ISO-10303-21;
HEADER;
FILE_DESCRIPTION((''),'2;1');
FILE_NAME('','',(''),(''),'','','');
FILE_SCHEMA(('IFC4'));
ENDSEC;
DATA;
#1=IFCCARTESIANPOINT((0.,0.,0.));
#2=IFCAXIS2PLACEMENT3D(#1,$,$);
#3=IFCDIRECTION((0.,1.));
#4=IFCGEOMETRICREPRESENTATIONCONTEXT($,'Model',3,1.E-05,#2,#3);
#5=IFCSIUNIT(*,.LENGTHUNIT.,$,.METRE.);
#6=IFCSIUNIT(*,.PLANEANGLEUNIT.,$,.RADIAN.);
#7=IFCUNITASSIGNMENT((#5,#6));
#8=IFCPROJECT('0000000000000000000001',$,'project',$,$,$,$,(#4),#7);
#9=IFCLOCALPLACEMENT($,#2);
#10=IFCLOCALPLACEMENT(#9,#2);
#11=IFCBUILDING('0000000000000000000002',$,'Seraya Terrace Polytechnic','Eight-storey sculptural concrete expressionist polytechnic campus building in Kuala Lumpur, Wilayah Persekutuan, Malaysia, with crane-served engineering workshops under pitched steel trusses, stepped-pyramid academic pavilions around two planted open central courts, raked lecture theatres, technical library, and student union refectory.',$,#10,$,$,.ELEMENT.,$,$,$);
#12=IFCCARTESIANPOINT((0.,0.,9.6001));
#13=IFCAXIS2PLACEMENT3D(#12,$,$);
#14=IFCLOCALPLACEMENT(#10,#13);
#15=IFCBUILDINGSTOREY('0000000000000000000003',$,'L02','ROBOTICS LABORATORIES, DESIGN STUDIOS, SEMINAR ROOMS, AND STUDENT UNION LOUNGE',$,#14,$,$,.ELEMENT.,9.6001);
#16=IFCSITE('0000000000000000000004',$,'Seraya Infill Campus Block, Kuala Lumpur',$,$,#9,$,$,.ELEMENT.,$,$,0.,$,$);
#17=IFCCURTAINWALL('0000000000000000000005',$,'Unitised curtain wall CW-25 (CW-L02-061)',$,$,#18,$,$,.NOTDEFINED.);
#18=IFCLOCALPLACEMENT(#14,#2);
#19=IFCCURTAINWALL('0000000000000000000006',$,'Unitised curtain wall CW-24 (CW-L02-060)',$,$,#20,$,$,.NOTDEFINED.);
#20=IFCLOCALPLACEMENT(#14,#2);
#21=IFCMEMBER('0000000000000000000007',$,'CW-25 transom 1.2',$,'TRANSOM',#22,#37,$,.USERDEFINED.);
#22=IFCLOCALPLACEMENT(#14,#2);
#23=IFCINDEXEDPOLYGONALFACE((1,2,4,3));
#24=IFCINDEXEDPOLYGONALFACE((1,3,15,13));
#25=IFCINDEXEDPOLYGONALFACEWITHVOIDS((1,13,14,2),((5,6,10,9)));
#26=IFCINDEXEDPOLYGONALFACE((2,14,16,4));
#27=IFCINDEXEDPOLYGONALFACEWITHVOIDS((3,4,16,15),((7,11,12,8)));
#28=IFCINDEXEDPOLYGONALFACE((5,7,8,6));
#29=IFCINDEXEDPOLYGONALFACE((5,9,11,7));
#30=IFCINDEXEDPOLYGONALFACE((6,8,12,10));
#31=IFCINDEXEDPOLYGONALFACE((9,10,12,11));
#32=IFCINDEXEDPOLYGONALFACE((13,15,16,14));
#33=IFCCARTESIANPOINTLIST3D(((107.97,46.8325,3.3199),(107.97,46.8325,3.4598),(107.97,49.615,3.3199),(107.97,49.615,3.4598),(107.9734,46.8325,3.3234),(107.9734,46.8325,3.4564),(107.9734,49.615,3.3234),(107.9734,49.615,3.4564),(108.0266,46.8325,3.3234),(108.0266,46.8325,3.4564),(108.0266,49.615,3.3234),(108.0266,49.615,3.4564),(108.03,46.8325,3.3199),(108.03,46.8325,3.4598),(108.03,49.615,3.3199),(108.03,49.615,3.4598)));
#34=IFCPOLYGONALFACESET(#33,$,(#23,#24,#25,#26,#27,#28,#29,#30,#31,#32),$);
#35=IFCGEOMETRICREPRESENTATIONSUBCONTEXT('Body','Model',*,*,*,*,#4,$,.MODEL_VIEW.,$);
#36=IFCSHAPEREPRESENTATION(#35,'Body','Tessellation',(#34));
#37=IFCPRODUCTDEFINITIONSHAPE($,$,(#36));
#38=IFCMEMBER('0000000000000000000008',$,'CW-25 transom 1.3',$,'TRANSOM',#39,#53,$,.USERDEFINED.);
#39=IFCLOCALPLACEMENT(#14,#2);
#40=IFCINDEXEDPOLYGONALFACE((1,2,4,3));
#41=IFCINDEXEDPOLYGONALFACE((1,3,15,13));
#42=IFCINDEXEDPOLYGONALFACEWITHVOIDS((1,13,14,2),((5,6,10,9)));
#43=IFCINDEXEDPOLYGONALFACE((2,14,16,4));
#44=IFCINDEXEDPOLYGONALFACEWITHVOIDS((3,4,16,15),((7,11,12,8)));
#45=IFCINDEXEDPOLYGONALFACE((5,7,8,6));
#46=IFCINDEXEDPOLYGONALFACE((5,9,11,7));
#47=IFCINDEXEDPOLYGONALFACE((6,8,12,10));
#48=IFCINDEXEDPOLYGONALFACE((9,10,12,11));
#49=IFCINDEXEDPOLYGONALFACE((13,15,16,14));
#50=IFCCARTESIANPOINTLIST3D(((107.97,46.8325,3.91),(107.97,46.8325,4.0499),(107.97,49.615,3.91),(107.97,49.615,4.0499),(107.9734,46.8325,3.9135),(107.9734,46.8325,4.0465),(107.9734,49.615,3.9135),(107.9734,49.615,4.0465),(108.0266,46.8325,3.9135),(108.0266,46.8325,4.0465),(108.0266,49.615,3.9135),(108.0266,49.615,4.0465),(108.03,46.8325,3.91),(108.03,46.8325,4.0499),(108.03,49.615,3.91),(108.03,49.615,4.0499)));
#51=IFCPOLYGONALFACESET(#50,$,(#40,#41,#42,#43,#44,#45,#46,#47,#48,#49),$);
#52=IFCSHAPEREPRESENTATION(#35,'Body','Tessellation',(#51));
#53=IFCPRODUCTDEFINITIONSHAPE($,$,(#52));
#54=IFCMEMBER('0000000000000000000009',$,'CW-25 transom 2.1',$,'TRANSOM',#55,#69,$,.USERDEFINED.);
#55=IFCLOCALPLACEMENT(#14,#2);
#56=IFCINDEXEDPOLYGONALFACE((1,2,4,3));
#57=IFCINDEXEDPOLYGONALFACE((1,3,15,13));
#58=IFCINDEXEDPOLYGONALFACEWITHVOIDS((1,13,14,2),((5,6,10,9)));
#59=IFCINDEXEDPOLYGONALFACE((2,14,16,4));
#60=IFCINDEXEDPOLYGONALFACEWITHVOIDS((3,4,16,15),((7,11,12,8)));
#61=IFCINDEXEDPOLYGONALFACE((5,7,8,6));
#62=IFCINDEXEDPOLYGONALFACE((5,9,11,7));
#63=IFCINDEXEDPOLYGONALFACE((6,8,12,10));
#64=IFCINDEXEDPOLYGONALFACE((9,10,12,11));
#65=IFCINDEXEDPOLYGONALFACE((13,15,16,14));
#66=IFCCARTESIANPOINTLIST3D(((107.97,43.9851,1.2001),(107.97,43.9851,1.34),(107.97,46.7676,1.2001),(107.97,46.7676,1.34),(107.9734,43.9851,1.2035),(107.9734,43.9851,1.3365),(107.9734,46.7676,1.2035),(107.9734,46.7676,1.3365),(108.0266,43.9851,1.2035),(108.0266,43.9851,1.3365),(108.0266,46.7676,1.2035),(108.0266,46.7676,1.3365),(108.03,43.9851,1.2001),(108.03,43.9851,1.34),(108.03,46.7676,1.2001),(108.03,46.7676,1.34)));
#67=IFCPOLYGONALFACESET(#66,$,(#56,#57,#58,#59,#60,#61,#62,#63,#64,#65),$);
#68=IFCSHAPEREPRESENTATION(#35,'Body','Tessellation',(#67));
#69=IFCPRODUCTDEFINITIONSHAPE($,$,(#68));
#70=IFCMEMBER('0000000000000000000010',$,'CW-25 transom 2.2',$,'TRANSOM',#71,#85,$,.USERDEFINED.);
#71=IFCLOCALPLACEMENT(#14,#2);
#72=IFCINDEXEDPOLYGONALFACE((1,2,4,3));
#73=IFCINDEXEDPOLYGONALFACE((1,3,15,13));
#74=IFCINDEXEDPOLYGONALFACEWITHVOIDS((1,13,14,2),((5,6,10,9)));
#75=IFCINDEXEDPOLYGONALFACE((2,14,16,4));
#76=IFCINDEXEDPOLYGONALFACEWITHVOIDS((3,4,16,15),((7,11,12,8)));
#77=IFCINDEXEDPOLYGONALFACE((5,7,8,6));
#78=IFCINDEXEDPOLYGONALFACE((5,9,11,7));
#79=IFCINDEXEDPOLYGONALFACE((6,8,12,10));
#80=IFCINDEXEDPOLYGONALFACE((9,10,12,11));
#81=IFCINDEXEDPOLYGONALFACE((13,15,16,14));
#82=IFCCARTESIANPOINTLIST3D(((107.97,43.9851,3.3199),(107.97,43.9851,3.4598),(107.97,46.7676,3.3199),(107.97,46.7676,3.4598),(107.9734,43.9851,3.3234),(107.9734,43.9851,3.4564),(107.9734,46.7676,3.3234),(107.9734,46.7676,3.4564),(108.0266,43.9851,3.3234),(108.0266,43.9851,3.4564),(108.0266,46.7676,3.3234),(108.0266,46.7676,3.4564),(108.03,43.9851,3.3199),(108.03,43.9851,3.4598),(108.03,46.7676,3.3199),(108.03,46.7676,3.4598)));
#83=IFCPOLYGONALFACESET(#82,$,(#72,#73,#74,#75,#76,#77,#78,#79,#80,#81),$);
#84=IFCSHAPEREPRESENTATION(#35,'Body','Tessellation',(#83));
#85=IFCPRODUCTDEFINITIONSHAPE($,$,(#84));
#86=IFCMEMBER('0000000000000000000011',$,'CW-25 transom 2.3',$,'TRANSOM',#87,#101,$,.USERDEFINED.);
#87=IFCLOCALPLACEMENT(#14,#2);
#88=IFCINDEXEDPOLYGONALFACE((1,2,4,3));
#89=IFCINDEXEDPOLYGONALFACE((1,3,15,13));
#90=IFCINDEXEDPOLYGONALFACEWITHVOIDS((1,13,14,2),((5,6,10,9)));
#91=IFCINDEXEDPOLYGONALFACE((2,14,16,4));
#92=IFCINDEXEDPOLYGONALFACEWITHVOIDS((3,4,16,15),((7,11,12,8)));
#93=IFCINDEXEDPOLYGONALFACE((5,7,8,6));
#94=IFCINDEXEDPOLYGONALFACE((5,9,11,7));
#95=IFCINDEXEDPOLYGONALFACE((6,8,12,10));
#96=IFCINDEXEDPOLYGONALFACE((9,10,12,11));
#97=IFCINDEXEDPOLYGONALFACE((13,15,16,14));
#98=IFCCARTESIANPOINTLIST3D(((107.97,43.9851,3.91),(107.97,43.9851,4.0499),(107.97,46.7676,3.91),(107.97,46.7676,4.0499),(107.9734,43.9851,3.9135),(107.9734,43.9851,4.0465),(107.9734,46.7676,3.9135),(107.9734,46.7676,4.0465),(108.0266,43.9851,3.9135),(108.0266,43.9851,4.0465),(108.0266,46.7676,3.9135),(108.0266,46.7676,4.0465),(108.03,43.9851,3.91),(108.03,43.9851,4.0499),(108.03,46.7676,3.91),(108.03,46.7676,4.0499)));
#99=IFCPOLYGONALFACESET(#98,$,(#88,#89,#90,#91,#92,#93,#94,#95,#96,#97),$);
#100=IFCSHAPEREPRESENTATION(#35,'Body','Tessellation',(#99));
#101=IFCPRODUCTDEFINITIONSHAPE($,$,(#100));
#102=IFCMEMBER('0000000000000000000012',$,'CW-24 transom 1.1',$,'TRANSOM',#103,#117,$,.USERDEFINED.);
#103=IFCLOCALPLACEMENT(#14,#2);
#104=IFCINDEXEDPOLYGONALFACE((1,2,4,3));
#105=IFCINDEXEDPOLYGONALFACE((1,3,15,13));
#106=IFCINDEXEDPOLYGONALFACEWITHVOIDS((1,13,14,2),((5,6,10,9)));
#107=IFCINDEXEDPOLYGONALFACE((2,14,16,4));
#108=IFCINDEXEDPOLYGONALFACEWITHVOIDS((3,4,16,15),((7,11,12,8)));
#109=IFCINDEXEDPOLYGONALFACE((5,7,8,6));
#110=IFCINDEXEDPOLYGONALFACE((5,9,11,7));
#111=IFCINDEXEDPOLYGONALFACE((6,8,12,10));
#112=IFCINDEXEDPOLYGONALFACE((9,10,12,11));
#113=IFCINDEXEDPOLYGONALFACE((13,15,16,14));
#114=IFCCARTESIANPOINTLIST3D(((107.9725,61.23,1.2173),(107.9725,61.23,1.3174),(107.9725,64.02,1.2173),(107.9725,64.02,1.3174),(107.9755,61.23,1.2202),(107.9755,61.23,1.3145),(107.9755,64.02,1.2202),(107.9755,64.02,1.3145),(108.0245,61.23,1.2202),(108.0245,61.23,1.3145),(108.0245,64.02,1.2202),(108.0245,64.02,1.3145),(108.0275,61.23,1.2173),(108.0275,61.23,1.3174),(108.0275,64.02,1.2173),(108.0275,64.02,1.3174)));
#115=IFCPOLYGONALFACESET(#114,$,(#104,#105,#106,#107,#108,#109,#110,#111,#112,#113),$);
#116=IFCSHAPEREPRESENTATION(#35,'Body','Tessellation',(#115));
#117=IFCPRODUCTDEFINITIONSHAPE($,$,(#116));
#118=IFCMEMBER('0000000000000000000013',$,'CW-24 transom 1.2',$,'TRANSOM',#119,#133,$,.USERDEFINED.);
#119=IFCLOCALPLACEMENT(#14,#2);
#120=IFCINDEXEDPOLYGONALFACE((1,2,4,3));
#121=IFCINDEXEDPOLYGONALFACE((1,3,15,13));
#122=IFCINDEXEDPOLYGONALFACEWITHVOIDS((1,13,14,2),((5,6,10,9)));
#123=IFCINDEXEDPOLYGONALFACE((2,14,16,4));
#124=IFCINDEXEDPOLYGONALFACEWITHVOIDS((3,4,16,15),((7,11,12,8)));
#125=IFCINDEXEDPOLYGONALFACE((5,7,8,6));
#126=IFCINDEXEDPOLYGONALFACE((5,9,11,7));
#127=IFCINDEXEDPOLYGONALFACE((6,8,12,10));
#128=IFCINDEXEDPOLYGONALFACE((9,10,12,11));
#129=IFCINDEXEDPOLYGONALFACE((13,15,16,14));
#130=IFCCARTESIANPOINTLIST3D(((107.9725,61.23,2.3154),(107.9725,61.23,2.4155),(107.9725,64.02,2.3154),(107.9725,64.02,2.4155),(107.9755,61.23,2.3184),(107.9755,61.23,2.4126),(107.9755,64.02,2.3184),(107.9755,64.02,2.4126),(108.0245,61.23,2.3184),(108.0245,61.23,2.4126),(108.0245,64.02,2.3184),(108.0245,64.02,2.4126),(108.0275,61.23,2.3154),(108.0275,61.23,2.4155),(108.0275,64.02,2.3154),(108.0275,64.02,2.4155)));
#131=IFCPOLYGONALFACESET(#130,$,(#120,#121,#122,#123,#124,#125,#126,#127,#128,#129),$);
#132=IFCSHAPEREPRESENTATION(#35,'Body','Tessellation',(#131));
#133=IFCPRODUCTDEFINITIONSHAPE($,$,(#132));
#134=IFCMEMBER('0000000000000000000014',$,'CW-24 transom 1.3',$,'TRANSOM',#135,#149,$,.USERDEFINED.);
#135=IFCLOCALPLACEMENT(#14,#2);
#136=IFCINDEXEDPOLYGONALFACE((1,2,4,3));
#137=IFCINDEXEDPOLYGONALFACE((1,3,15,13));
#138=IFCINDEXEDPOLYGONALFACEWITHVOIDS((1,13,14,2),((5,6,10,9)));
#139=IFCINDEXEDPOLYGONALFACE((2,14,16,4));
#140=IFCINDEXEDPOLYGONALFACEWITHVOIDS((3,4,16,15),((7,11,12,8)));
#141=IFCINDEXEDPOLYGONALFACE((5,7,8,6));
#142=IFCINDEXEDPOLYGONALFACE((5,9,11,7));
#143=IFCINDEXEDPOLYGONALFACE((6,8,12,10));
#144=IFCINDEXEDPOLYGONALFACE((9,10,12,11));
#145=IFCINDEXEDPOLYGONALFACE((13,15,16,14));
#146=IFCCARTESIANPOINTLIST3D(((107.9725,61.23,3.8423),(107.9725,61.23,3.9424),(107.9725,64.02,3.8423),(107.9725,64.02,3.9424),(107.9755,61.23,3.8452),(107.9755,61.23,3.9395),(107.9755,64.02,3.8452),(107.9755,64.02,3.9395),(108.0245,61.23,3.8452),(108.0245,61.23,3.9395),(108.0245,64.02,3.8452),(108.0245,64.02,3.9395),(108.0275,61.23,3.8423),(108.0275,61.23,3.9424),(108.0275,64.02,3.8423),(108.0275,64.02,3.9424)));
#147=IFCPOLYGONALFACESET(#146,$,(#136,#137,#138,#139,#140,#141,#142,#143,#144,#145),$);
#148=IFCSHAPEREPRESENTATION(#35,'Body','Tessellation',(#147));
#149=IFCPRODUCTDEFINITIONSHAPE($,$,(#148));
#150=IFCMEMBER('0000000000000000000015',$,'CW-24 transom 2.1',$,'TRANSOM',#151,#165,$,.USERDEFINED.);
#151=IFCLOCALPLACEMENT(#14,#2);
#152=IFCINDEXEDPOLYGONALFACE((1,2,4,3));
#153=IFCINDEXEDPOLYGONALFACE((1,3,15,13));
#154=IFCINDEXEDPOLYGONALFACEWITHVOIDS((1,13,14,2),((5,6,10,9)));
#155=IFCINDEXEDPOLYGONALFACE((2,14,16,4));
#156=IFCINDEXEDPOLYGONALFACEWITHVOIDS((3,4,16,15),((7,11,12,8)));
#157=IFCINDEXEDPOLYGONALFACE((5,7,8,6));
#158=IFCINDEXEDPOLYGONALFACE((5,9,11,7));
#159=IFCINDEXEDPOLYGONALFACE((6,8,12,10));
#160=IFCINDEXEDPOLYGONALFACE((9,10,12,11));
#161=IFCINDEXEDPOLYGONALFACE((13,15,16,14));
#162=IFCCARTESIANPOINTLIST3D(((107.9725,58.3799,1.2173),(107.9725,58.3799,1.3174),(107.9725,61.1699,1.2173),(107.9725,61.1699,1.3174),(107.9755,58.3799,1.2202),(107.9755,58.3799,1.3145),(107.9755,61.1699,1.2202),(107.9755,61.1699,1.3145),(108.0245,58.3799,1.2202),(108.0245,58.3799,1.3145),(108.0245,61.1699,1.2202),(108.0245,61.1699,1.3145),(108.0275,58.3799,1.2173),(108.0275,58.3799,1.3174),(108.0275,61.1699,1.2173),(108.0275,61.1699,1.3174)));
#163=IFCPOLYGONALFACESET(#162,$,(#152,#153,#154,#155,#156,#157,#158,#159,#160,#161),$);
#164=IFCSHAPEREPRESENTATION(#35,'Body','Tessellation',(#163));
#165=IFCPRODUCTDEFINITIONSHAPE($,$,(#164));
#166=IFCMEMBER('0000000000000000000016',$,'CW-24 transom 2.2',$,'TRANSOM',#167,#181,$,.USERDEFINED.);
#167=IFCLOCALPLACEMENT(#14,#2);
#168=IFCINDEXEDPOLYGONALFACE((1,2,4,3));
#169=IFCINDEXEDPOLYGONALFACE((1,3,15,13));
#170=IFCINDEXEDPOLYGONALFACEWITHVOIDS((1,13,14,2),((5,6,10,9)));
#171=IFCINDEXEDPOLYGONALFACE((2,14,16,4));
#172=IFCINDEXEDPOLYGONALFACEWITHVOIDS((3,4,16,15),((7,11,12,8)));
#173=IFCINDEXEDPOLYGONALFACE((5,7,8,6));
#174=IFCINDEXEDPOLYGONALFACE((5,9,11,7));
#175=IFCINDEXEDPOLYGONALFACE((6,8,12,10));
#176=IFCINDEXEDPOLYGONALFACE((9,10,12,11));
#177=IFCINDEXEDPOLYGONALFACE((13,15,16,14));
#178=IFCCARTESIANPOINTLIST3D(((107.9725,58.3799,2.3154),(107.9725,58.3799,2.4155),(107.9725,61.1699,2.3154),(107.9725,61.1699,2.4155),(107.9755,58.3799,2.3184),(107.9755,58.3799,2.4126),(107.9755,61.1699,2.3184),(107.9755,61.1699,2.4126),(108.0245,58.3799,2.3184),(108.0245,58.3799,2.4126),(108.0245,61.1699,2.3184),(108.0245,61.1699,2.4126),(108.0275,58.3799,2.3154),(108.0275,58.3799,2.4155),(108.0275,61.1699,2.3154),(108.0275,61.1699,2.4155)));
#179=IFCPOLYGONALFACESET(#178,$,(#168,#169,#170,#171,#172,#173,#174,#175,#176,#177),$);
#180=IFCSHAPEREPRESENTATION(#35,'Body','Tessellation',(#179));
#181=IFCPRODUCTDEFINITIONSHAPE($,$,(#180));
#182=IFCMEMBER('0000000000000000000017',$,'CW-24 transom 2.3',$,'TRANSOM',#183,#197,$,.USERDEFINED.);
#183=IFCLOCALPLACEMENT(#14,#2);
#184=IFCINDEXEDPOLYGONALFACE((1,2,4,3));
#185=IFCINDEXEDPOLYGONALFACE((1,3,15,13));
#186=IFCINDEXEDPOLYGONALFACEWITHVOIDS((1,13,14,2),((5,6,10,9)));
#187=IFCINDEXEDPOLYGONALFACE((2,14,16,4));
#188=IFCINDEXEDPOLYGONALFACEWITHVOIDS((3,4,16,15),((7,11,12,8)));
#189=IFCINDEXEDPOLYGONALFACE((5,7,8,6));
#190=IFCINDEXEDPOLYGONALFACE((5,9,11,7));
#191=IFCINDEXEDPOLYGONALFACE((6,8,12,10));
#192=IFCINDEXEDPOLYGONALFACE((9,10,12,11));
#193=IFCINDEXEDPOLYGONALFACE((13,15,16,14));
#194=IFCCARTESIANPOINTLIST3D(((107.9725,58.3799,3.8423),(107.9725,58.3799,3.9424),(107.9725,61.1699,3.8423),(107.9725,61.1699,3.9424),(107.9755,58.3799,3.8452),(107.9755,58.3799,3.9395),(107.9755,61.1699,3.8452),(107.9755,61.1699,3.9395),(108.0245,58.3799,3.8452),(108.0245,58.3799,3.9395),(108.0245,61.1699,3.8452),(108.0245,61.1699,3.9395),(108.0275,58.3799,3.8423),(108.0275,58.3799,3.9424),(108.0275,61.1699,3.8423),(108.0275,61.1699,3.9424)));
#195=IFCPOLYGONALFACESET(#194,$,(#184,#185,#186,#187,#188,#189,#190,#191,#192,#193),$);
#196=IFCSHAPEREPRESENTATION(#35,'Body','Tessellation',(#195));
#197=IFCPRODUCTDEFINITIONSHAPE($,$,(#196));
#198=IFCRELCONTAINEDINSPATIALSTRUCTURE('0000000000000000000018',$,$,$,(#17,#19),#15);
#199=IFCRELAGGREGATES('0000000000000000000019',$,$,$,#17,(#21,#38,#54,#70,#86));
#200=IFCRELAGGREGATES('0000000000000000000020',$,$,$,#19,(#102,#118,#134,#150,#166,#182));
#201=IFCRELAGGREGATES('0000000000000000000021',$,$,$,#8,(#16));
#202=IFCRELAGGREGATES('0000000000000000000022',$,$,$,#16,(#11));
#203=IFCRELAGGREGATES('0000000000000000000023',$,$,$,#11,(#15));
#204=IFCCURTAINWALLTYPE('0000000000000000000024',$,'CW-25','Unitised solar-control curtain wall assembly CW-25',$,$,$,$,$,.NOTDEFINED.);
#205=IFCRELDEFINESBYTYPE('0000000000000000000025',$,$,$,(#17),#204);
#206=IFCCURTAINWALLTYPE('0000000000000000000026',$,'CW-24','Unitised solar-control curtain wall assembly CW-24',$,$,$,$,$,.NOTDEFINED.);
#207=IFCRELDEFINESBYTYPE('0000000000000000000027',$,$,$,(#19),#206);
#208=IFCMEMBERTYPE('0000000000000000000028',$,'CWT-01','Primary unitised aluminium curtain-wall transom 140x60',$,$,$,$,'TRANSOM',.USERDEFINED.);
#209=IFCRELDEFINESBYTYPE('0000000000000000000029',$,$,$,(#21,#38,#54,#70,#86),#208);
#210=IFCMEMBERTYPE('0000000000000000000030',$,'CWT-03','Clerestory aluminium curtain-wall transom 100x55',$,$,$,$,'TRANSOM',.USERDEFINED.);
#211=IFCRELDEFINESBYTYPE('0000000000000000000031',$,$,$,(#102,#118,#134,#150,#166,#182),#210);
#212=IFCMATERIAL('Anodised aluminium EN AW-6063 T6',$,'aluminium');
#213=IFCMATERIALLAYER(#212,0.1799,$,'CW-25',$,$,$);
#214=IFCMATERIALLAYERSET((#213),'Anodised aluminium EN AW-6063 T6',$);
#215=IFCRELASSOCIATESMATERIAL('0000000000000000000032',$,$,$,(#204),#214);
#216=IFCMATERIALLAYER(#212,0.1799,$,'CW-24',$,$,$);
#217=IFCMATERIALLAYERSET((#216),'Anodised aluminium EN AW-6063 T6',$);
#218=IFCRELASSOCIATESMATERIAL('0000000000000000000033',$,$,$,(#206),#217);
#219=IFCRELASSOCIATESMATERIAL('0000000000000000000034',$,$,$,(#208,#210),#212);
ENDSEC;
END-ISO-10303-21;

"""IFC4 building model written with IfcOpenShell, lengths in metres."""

from ifc_helpers import new_model, si_unit, direction, frame, origin, origin_2d, place, context, subcontext, project, spatial, hollow_rectangle, extrude, material, layer, layer_set, material_profile, profile_set, type_object, element, aggregate, save


model = new_model("IFC4")

# Units and contexts
model_context = context("Model", 3, precision=1e-05, world=origin(), true_north=direction((0.0, 1.0)))
body_context = subcontext(model_context, "Body", "Model", "MODEL_VIEW")
ifc_project = project(units=[si_unit("LENGTHUNIT", "METRE"), si_unit("PLANEANGLEUNIT", "RADIAN")], contexts=[model_context])

# Site, building, storey
site_placement = place(None, origin())
site = spatial("IfcSite", under=ifc_project, at=site_placement, Name="Seraya Infill Campus Block, Kuala Lumpur", CompositionType="ELEMENT", RefElevation=0.0)
building_placement = place(site_placement, origin())
building = spatial("IfcBuilding", under=site, at=building_placement, Name="Seraya Terrace Polytechnic", Description="Eight-storey sculptural concrete expressionist polytechnic campus building in Kuala Lumpur, Wilayah Persekutuan, Malaysia, with crane-served engineering workshops under pitched steel trusses, stepped-pyramid academic pavilions around two planted open central courts, raked lecture theatres, technical library, and student union refectory.", CompositionType="ELEMENT")
storey_placement = place(building_placement, frame((0.0, 0.0, 9.6001)))
storey = spatial("IfcBuildingStorey", under=building, at=storey_placement, Name="L02", Description="ROBOTICS LABORATORIES, DESIGN STUDIOS, SEMINAR ROOMS, AND STUDENT UNION LOUNGE", CompositionType="ELEMENT", Elevation=9.6001)

# Curtain walls
ifc_material_1 = material(Name="Anodised aluminium EN AW-6063 T6", Category="aluminium")
ifc_layer_1 = layer(ifc_material_1, 0.1799, Name="CW-25")
ifc_layer_set_1 = layer_set([ifc_layer_1], Name="Anodised aluminium EN AW-6063 T6")
curtain_wall_type_1 = type_object("IfcCurtainWallType", Name="CW-25", Description="Unitised solar-control curtain wall assembly CW-25", PredefinedType="NOTDEFINED", material=ifc_layer_set_1)
curtain_wall_1_placement = place(storey_placement, origin())
curtain_wall_1 = element("IfcCurtainWall", 1, at=curtain_wall_1_placement, inside=storey, type_object=curtain_wall_type_1, Name="Unitised curtain wall CW-25 (CW-L02-061)", PredefinedType="NOTDEFINED")
ifc_layer_2 = layer(ifc_material_1, 0.1799, Name="CW-24")
ifc_layer_set_2 = layer_set([ifc_layer_2], Name="Anodised aluminium EN AW-6063 T6")
curtain_wall_type_2 = type_object("IfcCurtainWallType", Name="CW-24", Description="Unitised solar-control curtain wall assembly CW-24", PredefinedType="NOTDEFINED", material=ifc_layer_set_2)
curtain_wall_2_placement = place(storey_placement, origin())
curtain_wall_2 = element("IfcCurtainWall", 2, at=curtain_wall_2_placement, inside=storey, type_object=curtain_wall_type_2, Name="Unitised curtain wall CW-24 (CW-L02-060)", PredefinedType="NOTDEFINED")

# Members
ifc_material_profile_1 = material_profile(ifc_material_1, hollow_rectangle(XDim=0.0601, YDim=0.1399, WallThickness=0.0034, at=origin_2d()), Name="RHS 140x60x3.5")
ifc_profile_set_1 = profile_set([ifc_material_profile_1], Name="Anodised aluminium EN AW-6063 T6")
member_type_1 = type_object("IfcMemberType", Name="CWT-01", Description="Primary unitised aluminium curtain-wall transom 140x60", ElementType="TRANSOM", PredefinedType="USERDEFINED", material=ifc_profile_set_1)
member_1_placement = place(storey_placement, frame((108.0, 49.615, 3.3899), z_axis=(0.0, -1.0, 0.0), x_axis=(1.0, 0.0, 0.0)))
member_1 = element("IfcMember", 3, at=member_1_placement, type_object=member_type_1, Name="CW-25 transom 1.2", ObjectType="TRANSOM", PredefinedType="USERDEFINED", context=body_context, shape_type="SweptSolid", body=[
    extrude(hollow_rectangle(XDim=0.0601, YDim=0.1399, WallThickness=0.0034, at=origin_2d()), origin(), (0.0, 0.0, 1.0), 2.7825),
])
member_2_placement = place(storey_placement, frame((108.0, 49.615, 3.98), z_axis=(0.0, -1.0, 0.0), x_axis=(1.0, 0.0, 0.0)))
member_2 = element("IfcMember", 4, at=member_2_placement, type_object=member_type_1, Name="CW-25 transom 1.3", ObjectType="TRANSOM", PredefinedType="USERDEFINED", context=body_context, shape_type="SweptSolid", body=[
    extrude(hollow_rectangle(XDim=0.0601, YDim=0.1399, WallThickness=0.0034, at=origin_2d()), origin(), (0.0, 0.0, 1.0), 2.7825),
])
member_3_placement = place(storey_placement, frame((108.0, 46.7676, 1.27), z_axis=(0.0, -1.0, 0.0), x_axis=(1.0, 0.0, 0.0)))
member_3 = element("IfcMember", 5, at=member_3_placement, type_object=member_type_1, Name="CW-25 transom 2.1", ObjectType="TRANSOM", PredefinedType="USERDEFINED", context=body_context, shape_type="SweptSolid", body=[
    extrude(hollow_rectangle(XDim=0.0601, YDim=0.1399, WallThickness=0.0034, at=origin_2d()), origin(), (0.0, 0.0, 1.0), 2.7825),
])
member_4_placement = place(storey_placement, frame((108.0, 46.7676, 3.3899), z_axis=(0.0, -1.0, 0.0), x_axis=(1.0, 0.0, 0.0)))
member_4 = element("IfcMember", 6, at=member_4_placement, type_object=member_type_1, Name="CW-25 transom 2.2", ObjectType="TRANSOM", PredefinedType="USERDEFINED", context=body_context, shape_type="SweptSolid", body=[
    extrude(hollow_rectangle(XDim=0.0601, YDim=0.1399, WallThickness=0.0034, at=origin_2d()), origin(), (0.0, 0.0, 1.0), 2.7825),
])
member_5_placement = place(storey_placement, frame((108.0, 46.7676, 3.98), z_axis=(0.0, -1.0, 0.0), x_axis=(1.0, 0.0, 0.0)))
member_5 = element("IfcMember", 7, at=member_5_placement, type_object=member_type_1, Name="CW-25 transom 2.3", ObjectType="TRANSOM", PredefinedType="USERDEFINED", context=body_context, shape_type="SweptSolid", body=[
    extrude(hollow_rectangle(XDim=0.0601, YDim=0.1399, WallThickness=0.0034, at=origin_2d()), origin(), (0.0, 0.0, 1.0), 2.7825),
])
ifc_material_profile_2 = material_profile(ifc_material_1, hollow_rectangle(XDim=0.0549, YDim=0.1001, WallThickness=0.0029, at=origin_2d()), Name="RHS 100x55x3.0")
ifc_profile_set_2 = profile_set([ifc_material_profile_2], Name="Anodised aluminium EN AW-6063 T6")
member_type_2 = type_object("IfcMemberType", Name="CWT-03", Description="Clerestory aluminium curtain-wall transom 100x55", ElementType="TRANSOM", PredefinedType="USERDEFINED", material=ifc_profile_set_2)
member_6_placement = place(storey_placement, frame((108.0, 64.02, 1.2673), z_axis=(0.0, -1.0, 0.0), x_axis=(1.0, 0.0, 0.0)))
member_6 = element("IfcMember", 8, at=member_6_placement, type_object=member_type_2, Name="CW-24 transom 1.1", ObjectType="TRANSOM", PredefinedType="USERDEFINED", context=body_context, shape_type="SweptSolid", body=[
    extrude(hollow_rectangle(XDim=0.0549, YDim=0.1001, WallThickness=0.0029, at=origin_2d()), origin(), (0.0, 0.0, 1.0), 2.79),
])
member_7_placement = place(storey_placement, frame((108.0, 64.02, 2.3655), z_axis=(0.0, -1.0, 0.0), x_axis=(1.0, 0.0, 0.0)))
member_7 = element("IfcMember", 9, at=member_7_placement, type_object=member_type_2, Name="CW-24 transom 1.2", ObjectType="TRANSOM", PredefinedType="USERDEFINED", context=body_context, shape_type="SweptSolid", body=[
    extrude(hollow_rectangle(XDim=0.0549, YDim=0.1001, WallThickness=0.0029, at=origin_2d()), origin(), (0.0, 0.0, 1.0), 2.79),
])
member_8_placement = place(storey_placement, frame((108.0, 64.02, 3.8923), z_axis=(0.0, -1.0, 0.0), x_axis=(1.0, 0.0, 0.0)))
member_8 = element("IfcMember", 10, at=member_8_placement, type_object=member_type_2, Name="CW-24 transom 1.3", ObjectType="TRANSOM", PredefinedType="USERDEFINED", context=body_context, shape_type="SweptSolid", body=[
    extrude(hollow_rectangle(XDim=0.0549, YDim=0.1001, WallThickness=0.0029, at=origin_2d()), origin(), (0.0, 0.0, 1.0), 2.79),
])
member_9_placement = place(storey_placement, frame((108.0, 61.1699, 1.2673), z_axis=(0.0, -1.0, 0.0), x_axis=(1.0, 0.0, 0.0)))
member_9 = element("IfcMember", 11, at=member_9_placement, type_object=member_type_2, Name="CW-24 transom 2.1", ObjectType="TRANSOM", PredefinedType="USERDEFINED", context=body_context, shape_type="SweptSolid", body=[
    extrude(hollow_rectangle(XDim=0.0549, YDim=0.1001, WallThickness=0.0029, at=origin_2d()), origin(), (0.0, 0.0, 1.0), 2.79),
])
member_10_placement = place(storey_placement, frame((108.0, 61.1699, 2.3655), z_axis=(0.0, -1.0, 0.0), x_axis=(1.0, 0.0, 0.0)))
member_10 = element("IfcMember", 12, at=member_10_placement, type_object=member_type_2, Name="CW-24 transom 2.2", ObjectType="TRANSOM", PredefinedType="USERDEFINED", context=body_context, shape_type="SweptSolid", body=[
    extrude(hollow_rectangle(XDim=0.0549, YDim=0.1001, WallThickness=0.0029, at=origin_2d()), origin(), (0.0, 0.0, 1.0), 2.79),
])
member_11_placement = place(storey_placement, frame((108.0, 61.1699, 3.8923), z_axis=(0.0, -1.0, 0.0), x_axis=(1.0, 0.0, 0.0)))
member_11 = element("IfcMember", 13, at=member_11_placement, type_object=member_type_2, Name="CW-24 transom 2.3", ObjectType="TRANSOM", PredefinedType="USERDEFINED", context=body_context, shape_type="SweptSolid", body=[
    extrude(hollow_rectangle(XDim=0.0549, YDim=0.1001, WallThickness=0.0029, at=origin_2d()), origin(), (0.0, 0.0, 1.0), 2.79),
])

aggregate(curtain_wall_1, [member_1, member_2, member_3, member_4, member_5])
aggregate(curtain_wall_2, [member_6, member_7, member_8, member_9, member_10, member_11])

save(model, "model.ifc")
